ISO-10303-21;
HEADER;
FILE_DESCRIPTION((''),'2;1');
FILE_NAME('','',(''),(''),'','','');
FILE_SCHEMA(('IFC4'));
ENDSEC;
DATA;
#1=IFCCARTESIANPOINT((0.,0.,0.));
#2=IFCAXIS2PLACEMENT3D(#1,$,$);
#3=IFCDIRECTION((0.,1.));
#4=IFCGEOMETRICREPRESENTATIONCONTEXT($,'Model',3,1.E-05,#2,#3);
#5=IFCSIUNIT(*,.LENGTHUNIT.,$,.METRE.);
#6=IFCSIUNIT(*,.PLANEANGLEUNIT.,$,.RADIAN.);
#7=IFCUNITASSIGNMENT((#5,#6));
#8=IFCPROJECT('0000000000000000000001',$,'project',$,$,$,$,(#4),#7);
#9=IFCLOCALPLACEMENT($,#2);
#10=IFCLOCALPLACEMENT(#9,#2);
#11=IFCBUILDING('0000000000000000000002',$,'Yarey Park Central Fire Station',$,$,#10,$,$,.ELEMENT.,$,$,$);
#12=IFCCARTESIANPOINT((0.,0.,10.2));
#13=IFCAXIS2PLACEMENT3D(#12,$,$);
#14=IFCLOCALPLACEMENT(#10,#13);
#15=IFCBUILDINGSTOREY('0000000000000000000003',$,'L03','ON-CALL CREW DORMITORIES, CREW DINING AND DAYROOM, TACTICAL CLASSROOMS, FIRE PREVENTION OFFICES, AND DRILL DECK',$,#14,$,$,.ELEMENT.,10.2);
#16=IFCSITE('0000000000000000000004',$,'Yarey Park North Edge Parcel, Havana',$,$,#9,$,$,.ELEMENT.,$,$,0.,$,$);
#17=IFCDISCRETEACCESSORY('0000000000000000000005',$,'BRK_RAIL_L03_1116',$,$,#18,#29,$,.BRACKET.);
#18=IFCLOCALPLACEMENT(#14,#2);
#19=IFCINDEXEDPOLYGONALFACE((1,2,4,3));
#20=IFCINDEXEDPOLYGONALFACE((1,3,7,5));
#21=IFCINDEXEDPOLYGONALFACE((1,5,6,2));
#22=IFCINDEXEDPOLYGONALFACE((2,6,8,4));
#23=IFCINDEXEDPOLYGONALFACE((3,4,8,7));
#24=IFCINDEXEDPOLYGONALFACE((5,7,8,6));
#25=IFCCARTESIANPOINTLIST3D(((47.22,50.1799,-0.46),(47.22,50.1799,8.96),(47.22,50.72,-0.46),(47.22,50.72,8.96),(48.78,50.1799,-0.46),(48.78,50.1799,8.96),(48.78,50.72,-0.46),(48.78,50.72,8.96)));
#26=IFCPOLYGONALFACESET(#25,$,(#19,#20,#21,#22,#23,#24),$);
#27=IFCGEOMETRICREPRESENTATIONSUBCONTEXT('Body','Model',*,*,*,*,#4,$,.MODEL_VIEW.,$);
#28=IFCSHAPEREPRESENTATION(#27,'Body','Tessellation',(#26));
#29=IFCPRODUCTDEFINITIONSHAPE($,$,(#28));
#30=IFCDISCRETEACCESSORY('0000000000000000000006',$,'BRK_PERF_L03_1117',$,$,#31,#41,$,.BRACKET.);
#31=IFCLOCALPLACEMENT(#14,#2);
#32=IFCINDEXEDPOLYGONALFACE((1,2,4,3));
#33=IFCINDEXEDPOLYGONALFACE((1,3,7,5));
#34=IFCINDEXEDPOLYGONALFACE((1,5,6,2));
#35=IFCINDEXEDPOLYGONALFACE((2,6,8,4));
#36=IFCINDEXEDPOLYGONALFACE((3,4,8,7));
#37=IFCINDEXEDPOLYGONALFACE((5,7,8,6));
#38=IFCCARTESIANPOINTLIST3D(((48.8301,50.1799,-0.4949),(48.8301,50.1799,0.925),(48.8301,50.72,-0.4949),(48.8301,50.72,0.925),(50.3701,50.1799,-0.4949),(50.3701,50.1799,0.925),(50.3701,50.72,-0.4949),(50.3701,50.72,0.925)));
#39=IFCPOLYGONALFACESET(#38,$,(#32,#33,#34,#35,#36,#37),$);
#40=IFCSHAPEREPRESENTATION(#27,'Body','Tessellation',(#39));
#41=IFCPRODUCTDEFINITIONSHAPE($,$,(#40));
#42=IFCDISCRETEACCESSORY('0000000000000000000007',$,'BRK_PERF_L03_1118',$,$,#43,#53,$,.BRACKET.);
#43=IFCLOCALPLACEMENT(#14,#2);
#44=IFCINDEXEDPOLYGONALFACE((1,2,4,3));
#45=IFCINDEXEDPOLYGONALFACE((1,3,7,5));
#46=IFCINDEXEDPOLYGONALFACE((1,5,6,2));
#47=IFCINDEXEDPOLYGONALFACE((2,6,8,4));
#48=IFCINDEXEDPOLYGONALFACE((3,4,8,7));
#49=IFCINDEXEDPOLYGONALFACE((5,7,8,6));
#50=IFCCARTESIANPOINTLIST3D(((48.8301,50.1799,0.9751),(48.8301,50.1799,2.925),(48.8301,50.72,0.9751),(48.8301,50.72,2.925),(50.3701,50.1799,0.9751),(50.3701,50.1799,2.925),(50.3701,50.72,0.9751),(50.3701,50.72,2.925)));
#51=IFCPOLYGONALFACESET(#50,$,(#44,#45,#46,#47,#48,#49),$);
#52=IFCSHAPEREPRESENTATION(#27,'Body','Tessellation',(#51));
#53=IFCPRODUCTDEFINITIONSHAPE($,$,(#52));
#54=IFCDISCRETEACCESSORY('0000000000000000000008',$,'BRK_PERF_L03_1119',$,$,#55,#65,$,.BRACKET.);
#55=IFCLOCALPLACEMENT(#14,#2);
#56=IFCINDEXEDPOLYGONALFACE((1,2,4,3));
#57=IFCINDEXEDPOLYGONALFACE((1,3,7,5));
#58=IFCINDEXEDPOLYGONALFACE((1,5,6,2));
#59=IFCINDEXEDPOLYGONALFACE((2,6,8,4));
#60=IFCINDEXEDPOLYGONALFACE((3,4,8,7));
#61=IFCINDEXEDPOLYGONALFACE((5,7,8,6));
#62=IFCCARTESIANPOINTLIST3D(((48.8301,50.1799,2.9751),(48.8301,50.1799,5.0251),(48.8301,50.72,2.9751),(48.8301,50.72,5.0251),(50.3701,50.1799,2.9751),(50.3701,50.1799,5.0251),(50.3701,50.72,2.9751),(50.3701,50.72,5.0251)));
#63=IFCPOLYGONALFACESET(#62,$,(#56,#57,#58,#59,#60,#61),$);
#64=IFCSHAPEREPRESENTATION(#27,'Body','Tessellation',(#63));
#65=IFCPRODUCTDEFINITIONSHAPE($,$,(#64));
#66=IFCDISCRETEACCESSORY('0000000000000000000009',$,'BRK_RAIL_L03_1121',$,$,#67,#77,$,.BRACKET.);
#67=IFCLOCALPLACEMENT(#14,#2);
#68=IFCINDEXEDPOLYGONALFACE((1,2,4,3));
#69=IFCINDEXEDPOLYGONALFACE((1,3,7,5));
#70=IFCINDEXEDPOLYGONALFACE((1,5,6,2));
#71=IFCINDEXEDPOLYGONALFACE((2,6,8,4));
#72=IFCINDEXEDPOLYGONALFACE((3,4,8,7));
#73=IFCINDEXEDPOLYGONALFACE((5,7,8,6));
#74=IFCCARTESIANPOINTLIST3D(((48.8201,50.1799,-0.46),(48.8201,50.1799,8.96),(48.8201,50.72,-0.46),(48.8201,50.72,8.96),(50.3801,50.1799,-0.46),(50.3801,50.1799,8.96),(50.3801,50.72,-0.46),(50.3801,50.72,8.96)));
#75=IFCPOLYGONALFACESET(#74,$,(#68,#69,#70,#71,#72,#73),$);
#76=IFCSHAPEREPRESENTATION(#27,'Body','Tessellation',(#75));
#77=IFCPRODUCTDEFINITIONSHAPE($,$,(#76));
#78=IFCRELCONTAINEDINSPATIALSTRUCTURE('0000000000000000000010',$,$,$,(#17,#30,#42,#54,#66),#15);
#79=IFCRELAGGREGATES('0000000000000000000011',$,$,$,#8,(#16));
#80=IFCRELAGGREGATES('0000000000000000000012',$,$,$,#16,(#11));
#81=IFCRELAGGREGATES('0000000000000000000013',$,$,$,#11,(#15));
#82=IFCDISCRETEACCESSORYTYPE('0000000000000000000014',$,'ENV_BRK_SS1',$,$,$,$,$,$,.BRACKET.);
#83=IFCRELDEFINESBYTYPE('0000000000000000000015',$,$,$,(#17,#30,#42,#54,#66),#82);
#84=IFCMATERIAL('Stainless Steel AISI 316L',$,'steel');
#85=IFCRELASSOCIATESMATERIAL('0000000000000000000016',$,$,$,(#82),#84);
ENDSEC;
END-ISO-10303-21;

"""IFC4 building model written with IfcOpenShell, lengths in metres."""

from ifc_helpers import new_model, si_unit, direction, frame, origin, origin_2d, place, context, subcontext, project, spatial, rectangle, extrude, material, type_object, element, save


model = new_model("IFC4")

# Units and contexts
model_context = context("Model", 3, precision=1e-05, world=origin(), true_north=direction((0.0, 1.0)))
body_context = subcontext(model_context, "Body", "Model", "MODEL_VIEW")
ifc_project = project(units=[si_unit("LENGTHUNIT", "METRE"), si_unit("PLANEANGLEUNIT", "RADIAN")], contexts=[model_context])

# Site, building, storey
site_placement = place(None, origin())
site = spatial("IfcSite", under=ifc_project, at=site_placement, Name="Yarey Park North Edge Parcel, Havana", CompositionType="ELEMENT", RefElevation=0.0)
building_placement = place(site_placement, origin())
building = spatial("IfcBuilding", under=site, at=building_placement, Name="Yarey Park Central Fire Station", CompositionType="ELEMENT")
storey_placement = place(building_placement, frame((0.0, 0.0, 10.2)))
storey = spatial("IfcBuildingStorey", under=building, at=storey_placement, Name="L03", Description="ON-CALL CREW DORMITORIES, CREW DINING AND DAYROOM, TACTICAL CLASSROOMS, FIRE PREVENTION OFFICES, AND DRILL DECK", CompositionType="ELEMENT", Elevation=10.2)

# Discrete accessories
ifc_material_1 = material(Name="Stainless Steel AISI 316L", Category="steel")
discrete_accessory_type = type_object("IfcDiscreteAccessoryType", Name="ENV_BRK_SS1", PredefinedType="BRACKET", material=ifc_material_1)
discrete_accessory_1_placement = place(storey_placement, frame((48.0, 50.45, -0.46), z_axis=(0.0, 0.0, 1.0), x_axis=(1.0, 0.0, 0.0)))
element("IfcDiscreteAccessory", 1, at=discrete_accessory_1_placement, inside=storey, type_object=discrete_accessory_type, Name="BRK_RAIL_L03_1116", PredefinedType="BRACKET", context=body_context, shape_type="SweptSolid", body=[
    extrude(rectangle(XDim=1.5601, YDim=0.54, at=origin_2d()), origin(), (0.0, 0.0, 1.0), 9.4199),
])
discrete_accessory_2_placement = place(storey_placement, frame((49.6001, 50.45, -0.4949), z_axis=(0.0, 0.0, 1.0), x_axis=(1.0, 0.0, 0.0)))
element("IfcDiscreteAccessory", 2, at=discrete_accessory_2_placement, inside=storey, type_object=discrete_accessory_type, Name="BRK_PERF_L03_1117", PredefinedType="BRACKET", context=body_context, shape_type="SweptSolid", body=[
    extrude(rectangle(XDim=1.54, YDim=0.54, at=origin_2d()), origin(), (0.0, 0.0, 1.0), 1.4199),
])
discrete_accessory_3_placement = place(storey_placement, frame((49.6001, 50.45, 0.9751), z_axis=(0.0, 0.0, 1.0), x_axis=(1.0, 0.0, 0.0)))
element("IfcDiscreteAccessory", 3, at=discrete_accessory_3_placement, inside=storey, type_object=discrete_accessory_type, Name="BRK_PERF_L03_1118", PredefinedType="BRACKET", context=body_context, shape_type="SweptSolid", body=[
    extrude(rectangle(XDim=1.54, YDim=0.54, at=origin_2d()), origin(), (0.0, 0.0, 1.0), 1.95),
])
discrete_accessory_4_placement = place(storey_placement, frame((49.6001, 50.45, 2.9751), z_axis=(0.0, 0.0, 1.0), x_axis=(1.0, 0.0, 0.0)))
element("IfcDiscreteAccessory", 4, at=discrete_accessory_4_placement, inside=storey, type_object=discrete_accessory_type, Name="BRK_PERF_L03_1119", PredefinedType="BRACKET", context=body_context, shape_type="SweptSolid", body=[
    extrude(rectangle(XDim=1.54, YDim=0.54, at=origin_2d()), origin(), (0.0, 0.0, 1.0), 2.05),
])
discrete_accessory_5_placement = place(storey_placement, frame((49.6001, 50.45, -0.46), z_axis=(0.0, 0.0, 1.0), x_axis=(1.0, 0.0, 0.0)))
element("IfcDiscreteAccessory", 5, at=discrete_accessory_5_placement, inside=storey, type_object=discrete_accessory_type, Name="BRK_RAIL_L03_1121", PredefinedType="BRACKET", context=body_context, shape_type="SweptSolid", body=[
    extrude(rectangle(XDim=1.5601, YDim=0.54, at=origin_2d()), origin(), (0.0, 0.0, 1.0), 9.4199),
])

save(model, "model.ifc")
